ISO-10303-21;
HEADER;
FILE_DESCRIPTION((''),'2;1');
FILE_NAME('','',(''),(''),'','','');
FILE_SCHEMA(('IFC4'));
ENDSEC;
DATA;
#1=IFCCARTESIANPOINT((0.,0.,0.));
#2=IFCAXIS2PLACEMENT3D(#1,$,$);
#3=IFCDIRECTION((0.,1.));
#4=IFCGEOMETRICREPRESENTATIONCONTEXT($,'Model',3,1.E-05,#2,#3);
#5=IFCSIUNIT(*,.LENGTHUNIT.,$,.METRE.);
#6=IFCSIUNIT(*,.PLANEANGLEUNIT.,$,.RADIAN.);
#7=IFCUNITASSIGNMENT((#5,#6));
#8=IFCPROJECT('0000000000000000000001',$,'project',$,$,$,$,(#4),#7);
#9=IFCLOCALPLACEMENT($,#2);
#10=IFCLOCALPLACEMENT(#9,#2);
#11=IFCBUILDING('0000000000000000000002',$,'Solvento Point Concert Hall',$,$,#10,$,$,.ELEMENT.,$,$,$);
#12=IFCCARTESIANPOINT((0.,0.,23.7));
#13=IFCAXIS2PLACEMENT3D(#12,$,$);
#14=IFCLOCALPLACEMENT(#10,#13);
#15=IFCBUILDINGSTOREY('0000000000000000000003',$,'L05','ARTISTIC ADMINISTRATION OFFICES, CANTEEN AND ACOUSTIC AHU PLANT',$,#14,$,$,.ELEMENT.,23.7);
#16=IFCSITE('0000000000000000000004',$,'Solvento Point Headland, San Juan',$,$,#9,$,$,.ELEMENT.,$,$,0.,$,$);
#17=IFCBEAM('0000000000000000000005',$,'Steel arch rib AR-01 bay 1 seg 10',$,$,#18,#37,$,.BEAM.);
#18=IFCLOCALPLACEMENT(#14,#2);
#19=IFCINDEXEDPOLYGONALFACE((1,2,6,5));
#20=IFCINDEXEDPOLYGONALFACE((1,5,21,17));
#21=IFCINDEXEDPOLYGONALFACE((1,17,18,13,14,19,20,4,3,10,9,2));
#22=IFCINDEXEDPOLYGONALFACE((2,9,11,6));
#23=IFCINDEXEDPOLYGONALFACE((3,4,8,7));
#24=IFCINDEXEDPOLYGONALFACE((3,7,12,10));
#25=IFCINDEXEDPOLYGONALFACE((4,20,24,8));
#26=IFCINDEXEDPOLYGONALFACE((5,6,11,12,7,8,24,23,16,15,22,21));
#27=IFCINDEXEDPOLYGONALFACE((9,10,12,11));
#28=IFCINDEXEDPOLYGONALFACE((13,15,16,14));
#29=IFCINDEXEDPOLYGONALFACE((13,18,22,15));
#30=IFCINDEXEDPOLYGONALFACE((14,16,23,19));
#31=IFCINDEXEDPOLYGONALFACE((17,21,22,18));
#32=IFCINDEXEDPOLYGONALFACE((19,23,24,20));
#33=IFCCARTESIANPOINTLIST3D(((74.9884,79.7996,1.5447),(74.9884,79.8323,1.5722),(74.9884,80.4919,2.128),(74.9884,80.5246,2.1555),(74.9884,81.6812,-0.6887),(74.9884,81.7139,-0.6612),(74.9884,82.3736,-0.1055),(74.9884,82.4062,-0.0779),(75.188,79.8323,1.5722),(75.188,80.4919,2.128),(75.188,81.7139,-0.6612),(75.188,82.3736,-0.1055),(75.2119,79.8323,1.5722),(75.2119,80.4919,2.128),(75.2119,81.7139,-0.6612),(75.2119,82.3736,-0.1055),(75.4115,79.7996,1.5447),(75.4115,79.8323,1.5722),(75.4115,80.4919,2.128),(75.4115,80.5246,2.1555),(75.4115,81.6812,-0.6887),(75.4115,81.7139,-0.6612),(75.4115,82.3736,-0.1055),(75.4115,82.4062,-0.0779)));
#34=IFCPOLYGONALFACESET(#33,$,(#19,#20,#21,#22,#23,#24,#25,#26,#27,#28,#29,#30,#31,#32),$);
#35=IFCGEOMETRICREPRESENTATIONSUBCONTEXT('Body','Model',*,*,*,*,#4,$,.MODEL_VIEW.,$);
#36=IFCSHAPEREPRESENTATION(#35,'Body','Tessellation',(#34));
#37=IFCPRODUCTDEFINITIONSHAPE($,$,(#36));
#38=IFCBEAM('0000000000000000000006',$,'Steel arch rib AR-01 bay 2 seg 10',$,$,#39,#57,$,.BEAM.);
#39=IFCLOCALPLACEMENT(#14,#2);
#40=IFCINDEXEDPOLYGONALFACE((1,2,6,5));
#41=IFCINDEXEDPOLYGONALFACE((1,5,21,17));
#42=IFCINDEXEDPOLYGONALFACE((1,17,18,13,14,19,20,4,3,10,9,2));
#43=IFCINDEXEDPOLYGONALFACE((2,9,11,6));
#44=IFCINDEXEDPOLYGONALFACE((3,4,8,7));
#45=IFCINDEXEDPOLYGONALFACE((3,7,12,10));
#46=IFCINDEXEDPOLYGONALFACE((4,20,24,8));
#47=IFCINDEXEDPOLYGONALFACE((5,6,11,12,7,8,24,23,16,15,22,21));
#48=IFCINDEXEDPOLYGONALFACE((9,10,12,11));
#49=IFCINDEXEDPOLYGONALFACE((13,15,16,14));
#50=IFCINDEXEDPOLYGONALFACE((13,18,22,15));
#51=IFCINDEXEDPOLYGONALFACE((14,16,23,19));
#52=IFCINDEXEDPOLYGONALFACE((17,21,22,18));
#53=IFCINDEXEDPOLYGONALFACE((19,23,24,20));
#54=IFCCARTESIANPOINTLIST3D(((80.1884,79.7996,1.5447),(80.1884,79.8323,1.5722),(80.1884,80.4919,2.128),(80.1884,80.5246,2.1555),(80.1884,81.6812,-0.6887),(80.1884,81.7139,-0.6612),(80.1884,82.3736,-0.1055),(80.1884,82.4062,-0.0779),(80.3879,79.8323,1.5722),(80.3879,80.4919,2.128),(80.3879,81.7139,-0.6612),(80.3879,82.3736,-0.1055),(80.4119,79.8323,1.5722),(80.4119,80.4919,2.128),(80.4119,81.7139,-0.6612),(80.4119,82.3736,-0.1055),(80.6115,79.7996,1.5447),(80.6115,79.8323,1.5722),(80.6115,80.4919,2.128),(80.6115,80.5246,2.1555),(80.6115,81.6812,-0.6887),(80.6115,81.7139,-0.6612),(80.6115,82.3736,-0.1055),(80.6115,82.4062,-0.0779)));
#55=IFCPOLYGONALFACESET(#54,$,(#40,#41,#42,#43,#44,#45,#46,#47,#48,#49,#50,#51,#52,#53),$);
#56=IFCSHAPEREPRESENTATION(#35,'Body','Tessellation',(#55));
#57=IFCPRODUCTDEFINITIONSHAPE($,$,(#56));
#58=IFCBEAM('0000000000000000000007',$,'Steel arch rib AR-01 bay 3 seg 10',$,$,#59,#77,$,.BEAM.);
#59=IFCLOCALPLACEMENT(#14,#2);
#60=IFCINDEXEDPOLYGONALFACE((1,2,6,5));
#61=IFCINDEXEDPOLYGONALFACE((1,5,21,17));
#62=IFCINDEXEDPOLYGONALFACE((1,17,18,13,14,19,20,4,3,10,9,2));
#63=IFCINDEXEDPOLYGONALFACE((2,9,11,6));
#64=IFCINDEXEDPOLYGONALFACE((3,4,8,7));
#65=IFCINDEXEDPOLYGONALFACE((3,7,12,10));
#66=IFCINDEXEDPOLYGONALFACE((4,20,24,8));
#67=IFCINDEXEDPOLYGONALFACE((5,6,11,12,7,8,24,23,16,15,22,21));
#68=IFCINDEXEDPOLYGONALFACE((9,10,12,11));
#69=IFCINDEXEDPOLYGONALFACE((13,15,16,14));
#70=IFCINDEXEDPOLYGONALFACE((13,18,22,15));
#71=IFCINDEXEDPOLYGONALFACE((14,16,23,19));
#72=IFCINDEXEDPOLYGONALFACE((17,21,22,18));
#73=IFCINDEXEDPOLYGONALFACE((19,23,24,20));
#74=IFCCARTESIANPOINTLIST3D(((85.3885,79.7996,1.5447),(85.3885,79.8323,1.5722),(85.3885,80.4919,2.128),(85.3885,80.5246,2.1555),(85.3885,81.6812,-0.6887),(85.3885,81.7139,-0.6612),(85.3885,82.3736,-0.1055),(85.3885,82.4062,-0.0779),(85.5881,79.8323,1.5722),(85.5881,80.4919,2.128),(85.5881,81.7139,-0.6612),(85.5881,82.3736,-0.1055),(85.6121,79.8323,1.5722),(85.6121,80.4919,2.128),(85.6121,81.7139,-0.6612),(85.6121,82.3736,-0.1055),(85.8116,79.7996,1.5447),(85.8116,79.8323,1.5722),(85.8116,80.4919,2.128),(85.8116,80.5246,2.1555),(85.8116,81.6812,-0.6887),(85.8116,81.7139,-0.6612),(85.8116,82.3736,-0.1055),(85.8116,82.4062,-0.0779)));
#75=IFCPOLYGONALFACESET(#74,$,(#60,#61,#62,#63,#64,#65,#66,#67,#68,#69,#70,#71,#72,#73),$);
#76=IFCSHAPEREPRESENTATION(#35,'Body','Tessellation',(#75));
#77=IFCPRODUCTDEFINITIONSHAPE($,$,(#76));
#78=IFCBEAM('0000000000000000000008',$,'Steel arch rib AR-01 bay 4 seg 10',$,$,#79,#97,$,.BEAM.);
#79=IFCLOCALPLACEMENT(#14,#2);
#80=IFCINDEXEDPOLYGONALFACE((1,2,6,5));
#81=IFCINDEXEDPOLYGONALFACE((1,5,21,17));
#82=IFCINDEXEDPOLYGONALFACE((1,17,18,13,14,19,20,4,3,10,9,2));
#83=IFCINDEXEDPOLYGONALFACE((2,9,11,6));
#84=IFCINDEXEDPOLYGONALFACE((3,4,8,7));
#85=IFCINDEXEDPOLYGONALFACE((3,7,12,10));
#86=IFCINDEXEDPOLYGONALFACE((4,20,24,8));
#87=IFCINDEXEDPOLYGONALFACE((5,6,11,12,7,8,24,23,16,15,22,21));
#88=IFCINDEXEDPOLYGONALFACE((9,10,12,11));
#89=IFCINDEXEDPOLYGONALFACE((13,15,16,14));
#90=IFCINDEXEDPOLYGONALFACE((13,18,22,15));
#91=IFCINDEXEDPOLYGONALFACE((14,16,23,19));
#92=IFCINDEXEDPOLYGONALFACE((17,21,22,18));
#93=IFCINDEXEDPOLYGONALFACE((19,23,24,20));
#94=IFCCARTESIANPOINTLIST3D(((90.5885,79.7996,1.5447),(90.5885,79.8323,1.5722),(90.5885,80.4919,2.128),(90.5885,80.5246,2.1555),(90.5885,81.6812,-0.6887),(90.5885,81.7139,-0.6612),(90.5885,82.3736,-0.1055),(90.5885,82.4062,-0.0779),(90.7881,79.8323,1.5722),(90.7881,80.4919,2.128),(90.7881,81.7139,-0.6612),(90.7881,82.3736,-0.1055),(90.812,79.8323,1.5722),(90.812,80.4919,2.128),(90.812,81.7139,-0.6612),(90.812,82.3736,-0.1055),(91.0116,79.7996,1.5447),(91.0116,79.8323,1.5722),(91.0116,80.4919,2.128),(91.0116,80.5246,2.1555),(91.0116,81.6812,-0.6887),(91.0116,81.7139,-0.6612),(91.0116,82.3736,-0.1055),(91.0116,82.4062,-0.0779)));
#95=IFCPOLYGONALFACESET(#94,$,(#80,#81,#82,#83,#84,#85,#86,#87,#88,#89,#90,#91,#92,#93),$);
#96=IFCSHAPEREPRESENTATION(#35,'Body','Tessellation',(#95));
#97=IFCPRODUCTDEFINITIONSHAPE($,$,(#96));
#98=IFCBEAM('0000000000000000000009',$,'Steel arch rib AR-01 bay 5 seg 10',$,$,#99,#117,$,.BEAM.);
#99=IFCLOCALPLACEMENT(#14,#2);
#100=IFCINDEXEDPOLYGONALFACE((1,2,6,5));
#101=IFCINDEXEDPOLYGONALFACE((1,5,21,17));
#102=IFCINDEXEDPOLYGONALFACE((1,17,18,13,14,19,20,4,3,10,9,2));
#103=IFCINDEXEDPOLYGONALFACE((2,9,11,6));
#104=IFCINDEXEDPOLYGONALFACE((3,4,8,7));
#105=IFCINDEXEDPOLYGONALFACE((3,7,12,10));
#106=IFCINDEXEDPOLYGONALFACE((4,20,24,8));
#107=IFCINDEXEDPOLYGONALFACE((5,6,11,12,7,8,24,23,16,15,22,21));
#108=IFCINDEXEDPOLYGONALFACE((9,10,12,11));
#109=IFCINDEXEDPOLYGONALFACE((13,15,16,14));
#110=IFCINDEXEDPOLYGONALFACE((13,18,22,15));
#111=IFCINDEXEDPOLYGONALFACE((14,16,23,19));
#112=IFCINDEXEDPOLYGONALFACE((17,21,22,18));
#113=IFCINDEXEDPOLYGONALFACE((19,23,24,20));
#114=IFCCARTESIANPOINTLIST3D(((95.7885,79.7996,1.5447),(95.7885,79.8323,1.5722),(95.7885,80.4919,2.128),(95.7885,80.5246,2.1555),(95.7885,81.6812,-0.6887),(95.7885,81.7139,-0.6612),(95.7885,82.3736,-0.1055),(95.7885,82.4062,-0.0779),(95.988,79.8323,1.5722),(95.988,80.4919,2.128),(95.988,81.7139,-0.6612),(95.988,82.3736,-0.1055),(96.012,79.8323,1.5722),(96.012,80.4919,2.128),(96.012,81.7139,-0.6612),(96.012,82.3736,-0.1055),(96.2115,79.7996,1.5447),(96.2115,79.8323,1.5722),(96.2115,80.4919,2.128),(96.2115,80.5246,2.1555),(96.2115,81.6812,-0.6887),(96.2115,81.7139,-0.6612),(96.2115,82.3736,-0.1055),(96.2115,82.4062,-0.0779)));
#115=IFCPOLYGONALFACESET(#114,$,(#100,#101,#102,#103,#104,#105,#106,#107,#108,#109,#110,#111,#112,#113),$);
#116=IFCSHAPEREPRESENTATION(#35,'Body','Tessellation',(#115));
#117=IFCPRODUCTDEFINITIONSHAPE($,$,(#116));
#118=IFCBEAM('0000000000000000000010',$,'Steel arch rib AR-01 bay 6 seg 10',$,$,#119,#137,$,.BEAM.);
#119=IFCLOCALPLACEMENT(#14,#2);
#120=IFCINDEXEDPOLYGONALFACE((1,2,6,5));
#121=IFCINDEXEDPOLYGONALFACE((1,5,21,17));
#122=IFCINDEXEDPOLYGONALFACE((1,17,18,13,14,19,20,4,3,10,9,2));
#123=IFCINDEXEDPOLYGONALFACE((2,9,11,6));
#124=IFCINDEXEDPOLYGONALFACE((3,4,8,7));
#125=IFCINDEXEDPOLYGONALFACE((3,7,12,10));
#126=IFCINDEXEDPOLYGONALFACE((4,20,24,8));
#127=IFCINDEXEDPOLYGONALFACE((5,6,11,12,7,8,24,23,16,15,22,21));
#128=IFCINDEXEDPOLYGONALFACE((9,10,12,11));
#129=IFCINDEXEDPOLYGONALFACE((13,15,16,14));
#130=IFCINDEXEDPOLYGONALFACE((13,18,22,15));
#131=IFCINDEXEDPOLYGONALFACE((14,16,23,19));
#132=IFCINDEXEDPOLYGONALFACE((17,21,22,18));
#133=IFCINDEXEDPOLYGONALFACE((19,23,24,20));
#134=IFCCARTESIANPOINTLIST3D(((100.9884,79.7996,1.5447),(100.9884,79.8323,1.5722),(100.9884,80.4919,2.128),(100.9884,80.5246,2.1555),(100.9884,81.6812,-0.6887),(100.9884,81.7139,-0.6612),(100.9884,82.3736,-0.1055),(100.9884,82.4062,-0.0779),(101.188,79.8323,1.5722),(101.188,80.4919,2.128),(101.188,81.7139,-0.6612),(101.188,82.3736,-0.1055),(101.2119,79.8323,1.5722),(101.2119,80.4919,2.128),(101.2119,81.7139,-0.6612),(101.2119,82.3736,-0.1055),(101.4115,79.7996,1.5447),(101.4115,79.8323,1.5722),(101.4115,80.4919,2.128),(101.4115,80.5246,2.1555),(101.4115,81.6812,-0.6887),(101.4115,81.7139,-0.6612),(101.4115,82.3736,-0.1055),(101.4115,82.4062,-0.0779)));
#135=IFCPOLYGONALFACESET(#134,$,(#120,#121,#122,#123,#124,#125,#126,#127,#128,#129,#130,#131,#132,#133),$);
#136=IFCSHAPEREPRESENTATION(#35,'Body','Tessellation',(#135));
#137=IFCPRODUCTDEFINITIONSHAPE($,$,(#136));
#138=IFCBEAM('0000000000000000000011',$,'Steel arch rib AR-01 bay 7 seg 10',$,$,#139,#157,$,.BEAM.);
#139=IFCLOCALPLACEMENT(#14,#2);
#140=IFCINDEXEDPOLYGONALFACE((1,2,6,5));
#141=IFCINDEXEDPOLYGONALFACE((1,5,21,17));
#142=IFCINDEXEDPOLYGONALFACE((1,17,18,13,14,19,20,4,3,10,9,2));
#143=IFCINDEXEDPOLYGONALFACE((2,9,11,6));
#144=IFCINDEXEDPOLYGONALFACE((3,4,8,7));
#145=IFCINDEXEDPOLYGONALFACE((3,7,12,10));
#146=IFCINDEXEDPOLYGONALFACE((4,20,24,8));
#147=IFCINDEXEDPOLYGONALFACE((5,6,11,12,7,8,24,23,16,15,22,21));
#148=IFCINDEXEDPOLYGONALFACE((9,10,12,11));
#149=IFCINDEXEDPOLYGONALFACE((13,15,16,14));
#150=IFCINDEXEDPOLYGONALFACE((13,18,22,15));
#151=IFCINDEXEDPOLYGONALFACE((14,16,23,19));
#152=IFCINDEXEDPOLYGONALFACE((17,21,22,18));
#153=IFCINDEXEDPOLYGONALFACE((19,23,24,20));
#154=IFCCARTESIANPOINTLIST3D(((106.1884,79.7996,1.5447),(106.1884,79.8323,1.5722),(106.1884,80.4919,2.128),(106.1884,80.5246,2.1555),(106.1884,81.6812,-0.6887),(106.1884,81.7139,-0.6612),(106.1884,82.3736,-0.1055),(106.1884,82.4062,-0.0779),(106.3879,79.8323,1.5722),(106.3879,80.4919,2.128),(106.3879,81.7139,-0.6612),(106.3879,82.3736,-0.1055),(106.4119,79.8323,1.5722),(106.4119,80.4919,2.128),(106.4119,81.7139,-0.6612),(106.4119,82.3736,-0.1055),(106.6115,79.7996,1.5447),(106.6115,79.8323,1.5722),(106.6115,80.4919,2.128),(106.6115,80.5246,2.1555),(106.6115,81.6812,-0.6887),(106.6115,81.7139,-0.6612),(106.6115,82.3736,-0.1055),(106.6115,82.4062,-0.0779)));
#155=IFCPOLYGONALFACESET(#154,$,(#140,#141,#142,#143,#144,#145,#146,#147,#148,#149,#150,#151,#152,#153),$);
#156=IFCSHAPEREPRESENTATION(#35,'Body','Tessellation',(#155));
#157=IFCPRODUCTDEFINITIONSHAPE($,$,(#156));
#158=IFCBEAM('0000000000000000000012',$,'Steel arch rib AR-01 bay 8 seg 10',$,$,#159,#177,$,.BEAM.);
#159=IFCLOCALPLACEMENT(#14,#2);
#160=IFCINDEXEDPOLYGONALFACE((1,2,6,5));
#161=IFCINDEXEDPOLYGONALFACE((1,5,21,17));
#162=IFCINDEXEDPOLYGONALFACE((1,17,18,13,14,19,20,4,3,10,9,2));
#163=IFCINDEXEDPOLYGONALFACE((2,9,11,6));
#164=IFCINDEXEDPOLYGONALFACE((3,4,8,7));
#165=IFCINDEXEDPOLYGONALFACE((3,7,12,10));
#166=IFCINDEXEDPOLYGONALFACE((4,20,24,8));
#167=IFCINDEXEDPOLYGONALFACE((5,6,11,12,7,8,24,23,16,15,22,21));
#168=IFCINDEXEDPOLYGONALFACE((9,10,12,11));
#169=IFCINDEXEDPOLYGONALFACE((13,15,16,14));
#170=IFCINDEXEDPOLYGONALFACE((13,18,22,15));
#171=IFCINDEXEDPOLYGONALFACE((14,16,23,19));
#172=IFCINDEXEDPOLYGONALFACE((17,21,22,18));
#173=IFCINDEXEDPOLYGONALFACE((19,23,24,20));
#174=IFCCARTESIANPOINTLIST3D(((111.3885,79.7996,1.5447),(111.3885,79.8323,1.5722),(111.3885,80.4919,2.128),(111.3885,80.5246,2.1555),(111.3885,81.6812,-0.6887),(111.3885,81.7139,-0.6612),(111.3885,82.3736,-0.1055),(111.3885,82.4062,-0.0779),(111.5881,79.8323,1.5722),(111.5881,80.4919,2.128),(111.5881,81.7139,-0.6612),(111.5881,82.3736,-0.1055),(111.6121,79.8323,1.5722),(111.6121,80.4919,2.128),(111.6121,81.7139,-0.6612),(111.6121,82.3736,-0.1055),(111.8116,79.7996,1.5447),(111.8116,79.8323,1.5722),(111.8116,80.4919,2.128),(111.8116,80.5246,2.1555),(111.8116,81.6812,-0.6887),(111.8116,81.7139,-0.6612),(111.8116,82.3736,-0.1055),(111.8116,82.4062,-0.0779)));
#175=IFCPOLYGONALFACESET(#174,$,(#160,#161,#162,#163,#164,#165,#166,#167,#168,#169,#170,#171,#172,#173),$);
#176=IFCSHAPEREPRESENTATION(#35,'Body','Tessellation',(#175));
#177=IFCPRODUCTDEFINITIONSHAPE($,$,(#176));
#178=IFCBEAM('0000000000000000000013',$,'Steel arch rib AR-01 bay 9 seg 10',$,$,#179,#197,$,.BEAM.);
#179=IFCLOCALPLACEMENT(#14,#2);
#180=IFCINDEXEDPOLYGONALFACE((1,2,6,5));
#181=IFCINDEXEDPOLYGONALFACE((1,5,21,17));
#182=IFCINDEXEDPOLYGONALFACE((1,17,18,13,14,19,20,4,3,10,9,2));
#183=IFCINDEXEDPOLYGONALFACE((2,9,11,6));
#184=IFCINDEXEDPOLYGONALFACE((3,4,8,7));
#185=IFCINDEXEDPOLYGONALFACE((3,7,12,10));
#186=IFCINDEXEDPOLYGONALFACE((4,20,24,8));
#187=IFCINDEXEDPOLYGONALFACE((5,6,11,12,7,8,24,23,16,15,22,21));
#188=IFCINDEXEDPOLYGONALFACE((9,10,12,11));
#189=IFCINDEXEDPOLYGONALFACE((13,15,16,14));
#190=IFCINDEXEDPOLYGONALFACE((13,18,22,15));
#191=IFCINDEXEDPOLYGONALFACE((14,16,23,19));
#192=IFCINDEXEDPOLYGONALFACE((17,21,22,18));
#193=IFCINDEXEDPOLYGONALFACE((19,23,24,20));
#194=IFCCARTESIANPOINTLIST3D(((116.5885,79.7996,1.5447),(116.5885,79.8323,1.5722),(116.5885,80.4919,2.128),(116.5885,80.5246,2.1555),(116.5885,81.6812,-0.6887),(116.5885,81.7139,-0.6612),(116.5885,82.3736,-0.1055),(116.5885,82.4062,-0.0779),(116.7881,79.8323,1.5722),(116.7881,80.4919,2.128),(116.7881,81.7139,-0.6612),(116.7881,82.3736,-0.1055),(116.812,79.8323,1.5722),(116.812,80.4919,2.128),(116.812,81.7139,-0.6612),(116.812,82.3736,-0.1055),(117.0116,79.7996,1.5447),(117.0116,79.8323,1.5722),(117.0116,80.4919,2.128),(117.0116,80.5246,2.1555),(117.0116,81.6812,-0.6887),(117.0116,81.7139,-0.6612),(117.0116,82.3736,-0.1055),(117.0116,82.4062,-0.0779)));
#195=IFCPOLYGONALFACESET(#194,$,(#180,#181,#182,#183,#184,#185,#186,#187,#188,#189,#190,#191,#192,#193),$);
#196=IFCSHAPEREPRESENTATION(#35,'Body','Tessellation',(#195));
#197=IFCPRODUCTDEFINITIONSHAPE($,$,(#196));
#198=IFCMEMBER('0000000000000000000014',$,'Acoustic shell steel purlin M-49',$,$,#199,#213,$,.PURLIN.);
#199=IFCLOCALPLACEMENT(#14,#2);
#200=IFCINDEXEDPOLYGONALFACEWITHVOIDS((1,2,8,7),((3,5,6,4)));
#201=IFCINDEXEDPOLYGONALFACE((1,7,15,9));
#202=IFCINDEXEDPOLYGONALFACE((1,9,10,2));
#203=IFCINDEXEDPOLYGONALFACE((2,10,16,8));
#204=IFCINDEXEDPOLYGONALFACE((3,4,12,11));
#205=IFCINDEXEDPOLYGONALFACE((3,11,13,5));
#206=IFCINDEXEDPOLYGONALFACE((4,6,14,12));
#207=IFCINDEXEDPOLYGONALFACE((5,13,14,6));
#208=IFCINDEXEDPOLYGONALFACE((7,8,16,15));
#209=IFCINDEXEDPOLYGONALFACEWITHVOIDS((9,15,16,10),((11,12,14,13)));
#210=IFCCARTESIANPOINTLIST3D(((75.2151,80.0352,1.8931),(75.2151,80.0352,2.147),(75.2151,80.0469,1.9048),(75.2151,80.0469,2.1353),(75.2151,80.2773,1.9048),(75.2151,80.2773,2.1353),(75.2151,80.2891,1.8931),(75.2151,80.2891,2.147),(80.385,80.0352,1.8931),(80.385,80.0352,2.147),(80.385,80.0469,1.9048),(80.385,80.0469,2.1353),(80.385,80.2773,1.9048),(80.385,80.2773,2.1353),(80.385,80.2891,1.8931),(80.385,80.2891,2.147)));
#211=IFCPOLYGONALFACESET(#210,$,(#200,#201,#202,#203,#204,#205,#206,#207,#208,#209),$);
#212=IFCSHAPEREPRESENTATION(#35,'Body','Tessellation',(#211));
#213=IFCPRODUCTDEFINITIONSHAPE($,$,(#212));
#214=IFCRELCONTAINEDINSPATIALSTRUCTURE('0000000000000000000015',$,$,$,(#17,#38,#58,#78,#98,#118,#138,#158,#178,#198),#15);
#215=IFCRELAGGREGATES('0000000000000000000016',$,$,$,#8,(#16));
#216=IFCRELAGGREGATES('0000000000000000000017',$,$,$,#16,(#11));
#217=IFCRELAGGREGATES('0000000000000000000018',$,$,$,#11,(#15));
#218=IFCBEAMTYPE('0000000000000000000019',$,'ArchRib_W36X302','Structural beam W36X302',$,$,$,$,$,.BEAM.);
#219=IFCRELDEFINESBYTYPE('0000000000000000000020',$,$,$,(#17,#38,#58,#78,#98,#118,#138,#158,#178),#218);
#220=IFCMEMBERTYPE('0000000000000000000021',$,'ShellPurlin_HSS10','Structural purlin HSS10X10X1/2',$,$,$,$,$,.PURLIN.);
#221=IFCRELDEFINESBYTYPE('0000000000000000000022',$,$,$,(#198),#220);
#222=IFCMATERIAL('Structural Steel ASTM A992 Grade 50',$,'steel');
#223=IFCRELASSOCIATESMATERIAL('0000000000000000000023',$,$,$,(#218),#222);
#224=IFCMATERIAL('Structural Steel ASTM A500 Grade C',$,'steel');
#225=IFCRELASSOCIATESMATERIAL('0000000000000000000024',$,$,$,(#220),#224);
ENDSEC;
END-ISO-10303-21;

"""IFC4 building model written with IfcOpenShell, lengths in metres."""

from ifc_helpers import new_model, si_unit, direction, frame, origin, origin_2d, place, context, subcontext, project, spatial, hollow_rectangle, i_section, extrude, material, material_profile, profile_set, type_object, element, save


model = new_model("IFC4")

# Units and contexts
model_context = context("Model", 3, precision=1e-05, world=origin(), true_north=direction((0.0, 1.0)))
body_context = subcontext(model_context, "Body", "Model", "MODEL_VIEW")
ifc_project = project(units=[si_unit("LENGTHUNIT", "METRE"), si_unit("PLANEANGLEUNIT", "RADIAN")], contexts=[model_context])

# Site, building, storey
site_placement = place(None, origin())
site = spatial("IfcSite", under=ifc_project, at=site_placement, Name="Solvento Point Headland, San Juan", CompositionType="ELEMENT", RefElevation=0.0)
building_placement = place(site_placement, origin())
building = spatial("IfcBuilding", under=site, at=building_placement, Name="Solvento Point Concert Hall", CompositionType="ELEMENT")
storey_placement = place(building_placement, frame((0.0, 0.0, 23.7)))
storey = spatial("IfcBuildingStorey", under=building, at=storey_placement, Name="L05", Description="ARTISTIC ADMINISTRATION OFFICES, CANTEEN AND ACOUSTIC AHU PLANT", CompositionType="ELEMENT", Elevation=23.7)

# Beams
ifc_material_1 = material(Name="Structural Steel ASTM A992 Grade 50", Category="steel")
ifc_material_profile_1 = material_profile(ifc_material_1, i_section(OverallWidth=0.4231, OverallDepth=0.948, WebThickness=0.0239, FlangeThickness=0.0427, at=origin_2d()), Name="W36X302")
ifc_profile_set_1 = profile_set([ifc_material_profile_1], Name="Structural Steel ASTM A992 Grade 50")
beam_type = type_object("IfcBeamType", Name="ArchRib_W36X302", Description="Structural beam W36X302", PredefinedType="BEAM", material=ifc_profile_set_1)
for number, where, z_axis, x_axis, name in (
    (1, (75.2, 80.1621, 1.8501), (0.0, 0.644303, -0.76477), (-1.0, 0.0, 0.0), "Steel arch rib AR-01 bay 1 seg 10"),
    (2, (80.3999, 80.1621, 1.8501), (0.0, 0.644303, -0.76477), (-1.0, 0.0, 0.0), "Steel arch rib AR-01 bay 2 seg 10"),
    (3, (85.6001, 80.1621, 1.8501), (0.0, 0.644303, -0.76477), (-1.0, 0.0, 0.0), "Steel arch rib AR-01 bay 3 seg 10"),
    (4, (90.8, 80.1621, 1.8501), (0.0, 0.644303, -0.76477), (-1.0, 0.0, 0.0), "Steel arch rib AR-01 bay 4 seg 10"),
    (5, (96.0, 80.1621, 1.8501), (0.0, 0.644303, -0.76477), (-1.0, 0.0, 0.0), "Steel arch rib AR-01 bay 5 seg 10"),
    (6, (101.2, 80.1621, 1.8501), (0.0, 0.644303, -0.76477), (-1.0, 0.0, 0.0), "Steel arch rib AR-01 bay 6 seg 10"),
    (7, (106.3999, 80.1621, 1.8501), (0.0, 0.644303, -0.76477), (-1.0, 0.0, 0.0), "Steel arch rib AR-01 bay 7 seg 10"),
    (8, (111.6001, 80.1621, 1.8501), (0.0, 0.644303, -0.76477), (-1.0, 0.0, 0.0), "Steel arch rib AR-01 bay 8 seg 10"),
    (9, (116.8, 80.1621, 1.8501), (0.0, 0.644303, -0.76477), (-1.0, 0.0, 0.0), "Steel arch rib AR-01 bay 9 seg 10"),
):
    element("IfcBeam", number, at=place(storey_placement, frame(where, z_axis=z_axis, x_axis=x_axis)), inside=storey, type_object=beam_type, Name=name, PredefinedType="BEAM", context=body_context, shape_type="SweptSolid", body=[
        extrude(i_section(OverallWidth=0.4231, OverallDepth=0.948, WebThickness=0.0239, FlangeThickness=0.0427, at=origin_2d()), origin(), (0.0, 0.0, 1.0), 2.9204),
    ])

# Member
ifc_material_2 = material(Name="Structural Steel ASTM A500 Grade C", Category="steel")
ifc_material_profile_2 = material_profile(ifc_material_2, hollow_rectangle(XDim=0.2539, YDim=0.2539, WallThickness=0.0117, at=origin_2d()), Name="HSS10X10X1/2")
ifc_profile_set_2 = profile_set([ifc_material_profile_2], Name="Structural Steel ASTM A500 Grade C")
member_type = type_object("IfcMemberType", Name="ShellPurlin_HSS10", Description="Structural purlin HSS10X10X1/2", PredefinedType="PURLIN", material=ifc_profile_set_2)
for number, where, z_axis, x_axis, name in (
    (10, (75.2151, 80.1621, 2.02), (1.0, 0.0, 0.0), (0.0, 1.0, 0.0), "Acoustic shell steel purlin M-49"),
):
    element("IfcMember", number, at=place(storey_placement, frame(where, z_axis=z_axis, x_axis=x_axis)), inside=storey, type_object=member_type, Name=name, PredefinedType="PURLIN", context=body_context, shape_type="SweptSolid", body=[
        extrude(hollow_rectangle(XDim=0.2539, YDim=0.2539, WallThickness=0.0117, at=origin_2d()), origin(), (0.0, 0.0, 1.0), 5.1699),
    ])

save(model, "model.ifc")
